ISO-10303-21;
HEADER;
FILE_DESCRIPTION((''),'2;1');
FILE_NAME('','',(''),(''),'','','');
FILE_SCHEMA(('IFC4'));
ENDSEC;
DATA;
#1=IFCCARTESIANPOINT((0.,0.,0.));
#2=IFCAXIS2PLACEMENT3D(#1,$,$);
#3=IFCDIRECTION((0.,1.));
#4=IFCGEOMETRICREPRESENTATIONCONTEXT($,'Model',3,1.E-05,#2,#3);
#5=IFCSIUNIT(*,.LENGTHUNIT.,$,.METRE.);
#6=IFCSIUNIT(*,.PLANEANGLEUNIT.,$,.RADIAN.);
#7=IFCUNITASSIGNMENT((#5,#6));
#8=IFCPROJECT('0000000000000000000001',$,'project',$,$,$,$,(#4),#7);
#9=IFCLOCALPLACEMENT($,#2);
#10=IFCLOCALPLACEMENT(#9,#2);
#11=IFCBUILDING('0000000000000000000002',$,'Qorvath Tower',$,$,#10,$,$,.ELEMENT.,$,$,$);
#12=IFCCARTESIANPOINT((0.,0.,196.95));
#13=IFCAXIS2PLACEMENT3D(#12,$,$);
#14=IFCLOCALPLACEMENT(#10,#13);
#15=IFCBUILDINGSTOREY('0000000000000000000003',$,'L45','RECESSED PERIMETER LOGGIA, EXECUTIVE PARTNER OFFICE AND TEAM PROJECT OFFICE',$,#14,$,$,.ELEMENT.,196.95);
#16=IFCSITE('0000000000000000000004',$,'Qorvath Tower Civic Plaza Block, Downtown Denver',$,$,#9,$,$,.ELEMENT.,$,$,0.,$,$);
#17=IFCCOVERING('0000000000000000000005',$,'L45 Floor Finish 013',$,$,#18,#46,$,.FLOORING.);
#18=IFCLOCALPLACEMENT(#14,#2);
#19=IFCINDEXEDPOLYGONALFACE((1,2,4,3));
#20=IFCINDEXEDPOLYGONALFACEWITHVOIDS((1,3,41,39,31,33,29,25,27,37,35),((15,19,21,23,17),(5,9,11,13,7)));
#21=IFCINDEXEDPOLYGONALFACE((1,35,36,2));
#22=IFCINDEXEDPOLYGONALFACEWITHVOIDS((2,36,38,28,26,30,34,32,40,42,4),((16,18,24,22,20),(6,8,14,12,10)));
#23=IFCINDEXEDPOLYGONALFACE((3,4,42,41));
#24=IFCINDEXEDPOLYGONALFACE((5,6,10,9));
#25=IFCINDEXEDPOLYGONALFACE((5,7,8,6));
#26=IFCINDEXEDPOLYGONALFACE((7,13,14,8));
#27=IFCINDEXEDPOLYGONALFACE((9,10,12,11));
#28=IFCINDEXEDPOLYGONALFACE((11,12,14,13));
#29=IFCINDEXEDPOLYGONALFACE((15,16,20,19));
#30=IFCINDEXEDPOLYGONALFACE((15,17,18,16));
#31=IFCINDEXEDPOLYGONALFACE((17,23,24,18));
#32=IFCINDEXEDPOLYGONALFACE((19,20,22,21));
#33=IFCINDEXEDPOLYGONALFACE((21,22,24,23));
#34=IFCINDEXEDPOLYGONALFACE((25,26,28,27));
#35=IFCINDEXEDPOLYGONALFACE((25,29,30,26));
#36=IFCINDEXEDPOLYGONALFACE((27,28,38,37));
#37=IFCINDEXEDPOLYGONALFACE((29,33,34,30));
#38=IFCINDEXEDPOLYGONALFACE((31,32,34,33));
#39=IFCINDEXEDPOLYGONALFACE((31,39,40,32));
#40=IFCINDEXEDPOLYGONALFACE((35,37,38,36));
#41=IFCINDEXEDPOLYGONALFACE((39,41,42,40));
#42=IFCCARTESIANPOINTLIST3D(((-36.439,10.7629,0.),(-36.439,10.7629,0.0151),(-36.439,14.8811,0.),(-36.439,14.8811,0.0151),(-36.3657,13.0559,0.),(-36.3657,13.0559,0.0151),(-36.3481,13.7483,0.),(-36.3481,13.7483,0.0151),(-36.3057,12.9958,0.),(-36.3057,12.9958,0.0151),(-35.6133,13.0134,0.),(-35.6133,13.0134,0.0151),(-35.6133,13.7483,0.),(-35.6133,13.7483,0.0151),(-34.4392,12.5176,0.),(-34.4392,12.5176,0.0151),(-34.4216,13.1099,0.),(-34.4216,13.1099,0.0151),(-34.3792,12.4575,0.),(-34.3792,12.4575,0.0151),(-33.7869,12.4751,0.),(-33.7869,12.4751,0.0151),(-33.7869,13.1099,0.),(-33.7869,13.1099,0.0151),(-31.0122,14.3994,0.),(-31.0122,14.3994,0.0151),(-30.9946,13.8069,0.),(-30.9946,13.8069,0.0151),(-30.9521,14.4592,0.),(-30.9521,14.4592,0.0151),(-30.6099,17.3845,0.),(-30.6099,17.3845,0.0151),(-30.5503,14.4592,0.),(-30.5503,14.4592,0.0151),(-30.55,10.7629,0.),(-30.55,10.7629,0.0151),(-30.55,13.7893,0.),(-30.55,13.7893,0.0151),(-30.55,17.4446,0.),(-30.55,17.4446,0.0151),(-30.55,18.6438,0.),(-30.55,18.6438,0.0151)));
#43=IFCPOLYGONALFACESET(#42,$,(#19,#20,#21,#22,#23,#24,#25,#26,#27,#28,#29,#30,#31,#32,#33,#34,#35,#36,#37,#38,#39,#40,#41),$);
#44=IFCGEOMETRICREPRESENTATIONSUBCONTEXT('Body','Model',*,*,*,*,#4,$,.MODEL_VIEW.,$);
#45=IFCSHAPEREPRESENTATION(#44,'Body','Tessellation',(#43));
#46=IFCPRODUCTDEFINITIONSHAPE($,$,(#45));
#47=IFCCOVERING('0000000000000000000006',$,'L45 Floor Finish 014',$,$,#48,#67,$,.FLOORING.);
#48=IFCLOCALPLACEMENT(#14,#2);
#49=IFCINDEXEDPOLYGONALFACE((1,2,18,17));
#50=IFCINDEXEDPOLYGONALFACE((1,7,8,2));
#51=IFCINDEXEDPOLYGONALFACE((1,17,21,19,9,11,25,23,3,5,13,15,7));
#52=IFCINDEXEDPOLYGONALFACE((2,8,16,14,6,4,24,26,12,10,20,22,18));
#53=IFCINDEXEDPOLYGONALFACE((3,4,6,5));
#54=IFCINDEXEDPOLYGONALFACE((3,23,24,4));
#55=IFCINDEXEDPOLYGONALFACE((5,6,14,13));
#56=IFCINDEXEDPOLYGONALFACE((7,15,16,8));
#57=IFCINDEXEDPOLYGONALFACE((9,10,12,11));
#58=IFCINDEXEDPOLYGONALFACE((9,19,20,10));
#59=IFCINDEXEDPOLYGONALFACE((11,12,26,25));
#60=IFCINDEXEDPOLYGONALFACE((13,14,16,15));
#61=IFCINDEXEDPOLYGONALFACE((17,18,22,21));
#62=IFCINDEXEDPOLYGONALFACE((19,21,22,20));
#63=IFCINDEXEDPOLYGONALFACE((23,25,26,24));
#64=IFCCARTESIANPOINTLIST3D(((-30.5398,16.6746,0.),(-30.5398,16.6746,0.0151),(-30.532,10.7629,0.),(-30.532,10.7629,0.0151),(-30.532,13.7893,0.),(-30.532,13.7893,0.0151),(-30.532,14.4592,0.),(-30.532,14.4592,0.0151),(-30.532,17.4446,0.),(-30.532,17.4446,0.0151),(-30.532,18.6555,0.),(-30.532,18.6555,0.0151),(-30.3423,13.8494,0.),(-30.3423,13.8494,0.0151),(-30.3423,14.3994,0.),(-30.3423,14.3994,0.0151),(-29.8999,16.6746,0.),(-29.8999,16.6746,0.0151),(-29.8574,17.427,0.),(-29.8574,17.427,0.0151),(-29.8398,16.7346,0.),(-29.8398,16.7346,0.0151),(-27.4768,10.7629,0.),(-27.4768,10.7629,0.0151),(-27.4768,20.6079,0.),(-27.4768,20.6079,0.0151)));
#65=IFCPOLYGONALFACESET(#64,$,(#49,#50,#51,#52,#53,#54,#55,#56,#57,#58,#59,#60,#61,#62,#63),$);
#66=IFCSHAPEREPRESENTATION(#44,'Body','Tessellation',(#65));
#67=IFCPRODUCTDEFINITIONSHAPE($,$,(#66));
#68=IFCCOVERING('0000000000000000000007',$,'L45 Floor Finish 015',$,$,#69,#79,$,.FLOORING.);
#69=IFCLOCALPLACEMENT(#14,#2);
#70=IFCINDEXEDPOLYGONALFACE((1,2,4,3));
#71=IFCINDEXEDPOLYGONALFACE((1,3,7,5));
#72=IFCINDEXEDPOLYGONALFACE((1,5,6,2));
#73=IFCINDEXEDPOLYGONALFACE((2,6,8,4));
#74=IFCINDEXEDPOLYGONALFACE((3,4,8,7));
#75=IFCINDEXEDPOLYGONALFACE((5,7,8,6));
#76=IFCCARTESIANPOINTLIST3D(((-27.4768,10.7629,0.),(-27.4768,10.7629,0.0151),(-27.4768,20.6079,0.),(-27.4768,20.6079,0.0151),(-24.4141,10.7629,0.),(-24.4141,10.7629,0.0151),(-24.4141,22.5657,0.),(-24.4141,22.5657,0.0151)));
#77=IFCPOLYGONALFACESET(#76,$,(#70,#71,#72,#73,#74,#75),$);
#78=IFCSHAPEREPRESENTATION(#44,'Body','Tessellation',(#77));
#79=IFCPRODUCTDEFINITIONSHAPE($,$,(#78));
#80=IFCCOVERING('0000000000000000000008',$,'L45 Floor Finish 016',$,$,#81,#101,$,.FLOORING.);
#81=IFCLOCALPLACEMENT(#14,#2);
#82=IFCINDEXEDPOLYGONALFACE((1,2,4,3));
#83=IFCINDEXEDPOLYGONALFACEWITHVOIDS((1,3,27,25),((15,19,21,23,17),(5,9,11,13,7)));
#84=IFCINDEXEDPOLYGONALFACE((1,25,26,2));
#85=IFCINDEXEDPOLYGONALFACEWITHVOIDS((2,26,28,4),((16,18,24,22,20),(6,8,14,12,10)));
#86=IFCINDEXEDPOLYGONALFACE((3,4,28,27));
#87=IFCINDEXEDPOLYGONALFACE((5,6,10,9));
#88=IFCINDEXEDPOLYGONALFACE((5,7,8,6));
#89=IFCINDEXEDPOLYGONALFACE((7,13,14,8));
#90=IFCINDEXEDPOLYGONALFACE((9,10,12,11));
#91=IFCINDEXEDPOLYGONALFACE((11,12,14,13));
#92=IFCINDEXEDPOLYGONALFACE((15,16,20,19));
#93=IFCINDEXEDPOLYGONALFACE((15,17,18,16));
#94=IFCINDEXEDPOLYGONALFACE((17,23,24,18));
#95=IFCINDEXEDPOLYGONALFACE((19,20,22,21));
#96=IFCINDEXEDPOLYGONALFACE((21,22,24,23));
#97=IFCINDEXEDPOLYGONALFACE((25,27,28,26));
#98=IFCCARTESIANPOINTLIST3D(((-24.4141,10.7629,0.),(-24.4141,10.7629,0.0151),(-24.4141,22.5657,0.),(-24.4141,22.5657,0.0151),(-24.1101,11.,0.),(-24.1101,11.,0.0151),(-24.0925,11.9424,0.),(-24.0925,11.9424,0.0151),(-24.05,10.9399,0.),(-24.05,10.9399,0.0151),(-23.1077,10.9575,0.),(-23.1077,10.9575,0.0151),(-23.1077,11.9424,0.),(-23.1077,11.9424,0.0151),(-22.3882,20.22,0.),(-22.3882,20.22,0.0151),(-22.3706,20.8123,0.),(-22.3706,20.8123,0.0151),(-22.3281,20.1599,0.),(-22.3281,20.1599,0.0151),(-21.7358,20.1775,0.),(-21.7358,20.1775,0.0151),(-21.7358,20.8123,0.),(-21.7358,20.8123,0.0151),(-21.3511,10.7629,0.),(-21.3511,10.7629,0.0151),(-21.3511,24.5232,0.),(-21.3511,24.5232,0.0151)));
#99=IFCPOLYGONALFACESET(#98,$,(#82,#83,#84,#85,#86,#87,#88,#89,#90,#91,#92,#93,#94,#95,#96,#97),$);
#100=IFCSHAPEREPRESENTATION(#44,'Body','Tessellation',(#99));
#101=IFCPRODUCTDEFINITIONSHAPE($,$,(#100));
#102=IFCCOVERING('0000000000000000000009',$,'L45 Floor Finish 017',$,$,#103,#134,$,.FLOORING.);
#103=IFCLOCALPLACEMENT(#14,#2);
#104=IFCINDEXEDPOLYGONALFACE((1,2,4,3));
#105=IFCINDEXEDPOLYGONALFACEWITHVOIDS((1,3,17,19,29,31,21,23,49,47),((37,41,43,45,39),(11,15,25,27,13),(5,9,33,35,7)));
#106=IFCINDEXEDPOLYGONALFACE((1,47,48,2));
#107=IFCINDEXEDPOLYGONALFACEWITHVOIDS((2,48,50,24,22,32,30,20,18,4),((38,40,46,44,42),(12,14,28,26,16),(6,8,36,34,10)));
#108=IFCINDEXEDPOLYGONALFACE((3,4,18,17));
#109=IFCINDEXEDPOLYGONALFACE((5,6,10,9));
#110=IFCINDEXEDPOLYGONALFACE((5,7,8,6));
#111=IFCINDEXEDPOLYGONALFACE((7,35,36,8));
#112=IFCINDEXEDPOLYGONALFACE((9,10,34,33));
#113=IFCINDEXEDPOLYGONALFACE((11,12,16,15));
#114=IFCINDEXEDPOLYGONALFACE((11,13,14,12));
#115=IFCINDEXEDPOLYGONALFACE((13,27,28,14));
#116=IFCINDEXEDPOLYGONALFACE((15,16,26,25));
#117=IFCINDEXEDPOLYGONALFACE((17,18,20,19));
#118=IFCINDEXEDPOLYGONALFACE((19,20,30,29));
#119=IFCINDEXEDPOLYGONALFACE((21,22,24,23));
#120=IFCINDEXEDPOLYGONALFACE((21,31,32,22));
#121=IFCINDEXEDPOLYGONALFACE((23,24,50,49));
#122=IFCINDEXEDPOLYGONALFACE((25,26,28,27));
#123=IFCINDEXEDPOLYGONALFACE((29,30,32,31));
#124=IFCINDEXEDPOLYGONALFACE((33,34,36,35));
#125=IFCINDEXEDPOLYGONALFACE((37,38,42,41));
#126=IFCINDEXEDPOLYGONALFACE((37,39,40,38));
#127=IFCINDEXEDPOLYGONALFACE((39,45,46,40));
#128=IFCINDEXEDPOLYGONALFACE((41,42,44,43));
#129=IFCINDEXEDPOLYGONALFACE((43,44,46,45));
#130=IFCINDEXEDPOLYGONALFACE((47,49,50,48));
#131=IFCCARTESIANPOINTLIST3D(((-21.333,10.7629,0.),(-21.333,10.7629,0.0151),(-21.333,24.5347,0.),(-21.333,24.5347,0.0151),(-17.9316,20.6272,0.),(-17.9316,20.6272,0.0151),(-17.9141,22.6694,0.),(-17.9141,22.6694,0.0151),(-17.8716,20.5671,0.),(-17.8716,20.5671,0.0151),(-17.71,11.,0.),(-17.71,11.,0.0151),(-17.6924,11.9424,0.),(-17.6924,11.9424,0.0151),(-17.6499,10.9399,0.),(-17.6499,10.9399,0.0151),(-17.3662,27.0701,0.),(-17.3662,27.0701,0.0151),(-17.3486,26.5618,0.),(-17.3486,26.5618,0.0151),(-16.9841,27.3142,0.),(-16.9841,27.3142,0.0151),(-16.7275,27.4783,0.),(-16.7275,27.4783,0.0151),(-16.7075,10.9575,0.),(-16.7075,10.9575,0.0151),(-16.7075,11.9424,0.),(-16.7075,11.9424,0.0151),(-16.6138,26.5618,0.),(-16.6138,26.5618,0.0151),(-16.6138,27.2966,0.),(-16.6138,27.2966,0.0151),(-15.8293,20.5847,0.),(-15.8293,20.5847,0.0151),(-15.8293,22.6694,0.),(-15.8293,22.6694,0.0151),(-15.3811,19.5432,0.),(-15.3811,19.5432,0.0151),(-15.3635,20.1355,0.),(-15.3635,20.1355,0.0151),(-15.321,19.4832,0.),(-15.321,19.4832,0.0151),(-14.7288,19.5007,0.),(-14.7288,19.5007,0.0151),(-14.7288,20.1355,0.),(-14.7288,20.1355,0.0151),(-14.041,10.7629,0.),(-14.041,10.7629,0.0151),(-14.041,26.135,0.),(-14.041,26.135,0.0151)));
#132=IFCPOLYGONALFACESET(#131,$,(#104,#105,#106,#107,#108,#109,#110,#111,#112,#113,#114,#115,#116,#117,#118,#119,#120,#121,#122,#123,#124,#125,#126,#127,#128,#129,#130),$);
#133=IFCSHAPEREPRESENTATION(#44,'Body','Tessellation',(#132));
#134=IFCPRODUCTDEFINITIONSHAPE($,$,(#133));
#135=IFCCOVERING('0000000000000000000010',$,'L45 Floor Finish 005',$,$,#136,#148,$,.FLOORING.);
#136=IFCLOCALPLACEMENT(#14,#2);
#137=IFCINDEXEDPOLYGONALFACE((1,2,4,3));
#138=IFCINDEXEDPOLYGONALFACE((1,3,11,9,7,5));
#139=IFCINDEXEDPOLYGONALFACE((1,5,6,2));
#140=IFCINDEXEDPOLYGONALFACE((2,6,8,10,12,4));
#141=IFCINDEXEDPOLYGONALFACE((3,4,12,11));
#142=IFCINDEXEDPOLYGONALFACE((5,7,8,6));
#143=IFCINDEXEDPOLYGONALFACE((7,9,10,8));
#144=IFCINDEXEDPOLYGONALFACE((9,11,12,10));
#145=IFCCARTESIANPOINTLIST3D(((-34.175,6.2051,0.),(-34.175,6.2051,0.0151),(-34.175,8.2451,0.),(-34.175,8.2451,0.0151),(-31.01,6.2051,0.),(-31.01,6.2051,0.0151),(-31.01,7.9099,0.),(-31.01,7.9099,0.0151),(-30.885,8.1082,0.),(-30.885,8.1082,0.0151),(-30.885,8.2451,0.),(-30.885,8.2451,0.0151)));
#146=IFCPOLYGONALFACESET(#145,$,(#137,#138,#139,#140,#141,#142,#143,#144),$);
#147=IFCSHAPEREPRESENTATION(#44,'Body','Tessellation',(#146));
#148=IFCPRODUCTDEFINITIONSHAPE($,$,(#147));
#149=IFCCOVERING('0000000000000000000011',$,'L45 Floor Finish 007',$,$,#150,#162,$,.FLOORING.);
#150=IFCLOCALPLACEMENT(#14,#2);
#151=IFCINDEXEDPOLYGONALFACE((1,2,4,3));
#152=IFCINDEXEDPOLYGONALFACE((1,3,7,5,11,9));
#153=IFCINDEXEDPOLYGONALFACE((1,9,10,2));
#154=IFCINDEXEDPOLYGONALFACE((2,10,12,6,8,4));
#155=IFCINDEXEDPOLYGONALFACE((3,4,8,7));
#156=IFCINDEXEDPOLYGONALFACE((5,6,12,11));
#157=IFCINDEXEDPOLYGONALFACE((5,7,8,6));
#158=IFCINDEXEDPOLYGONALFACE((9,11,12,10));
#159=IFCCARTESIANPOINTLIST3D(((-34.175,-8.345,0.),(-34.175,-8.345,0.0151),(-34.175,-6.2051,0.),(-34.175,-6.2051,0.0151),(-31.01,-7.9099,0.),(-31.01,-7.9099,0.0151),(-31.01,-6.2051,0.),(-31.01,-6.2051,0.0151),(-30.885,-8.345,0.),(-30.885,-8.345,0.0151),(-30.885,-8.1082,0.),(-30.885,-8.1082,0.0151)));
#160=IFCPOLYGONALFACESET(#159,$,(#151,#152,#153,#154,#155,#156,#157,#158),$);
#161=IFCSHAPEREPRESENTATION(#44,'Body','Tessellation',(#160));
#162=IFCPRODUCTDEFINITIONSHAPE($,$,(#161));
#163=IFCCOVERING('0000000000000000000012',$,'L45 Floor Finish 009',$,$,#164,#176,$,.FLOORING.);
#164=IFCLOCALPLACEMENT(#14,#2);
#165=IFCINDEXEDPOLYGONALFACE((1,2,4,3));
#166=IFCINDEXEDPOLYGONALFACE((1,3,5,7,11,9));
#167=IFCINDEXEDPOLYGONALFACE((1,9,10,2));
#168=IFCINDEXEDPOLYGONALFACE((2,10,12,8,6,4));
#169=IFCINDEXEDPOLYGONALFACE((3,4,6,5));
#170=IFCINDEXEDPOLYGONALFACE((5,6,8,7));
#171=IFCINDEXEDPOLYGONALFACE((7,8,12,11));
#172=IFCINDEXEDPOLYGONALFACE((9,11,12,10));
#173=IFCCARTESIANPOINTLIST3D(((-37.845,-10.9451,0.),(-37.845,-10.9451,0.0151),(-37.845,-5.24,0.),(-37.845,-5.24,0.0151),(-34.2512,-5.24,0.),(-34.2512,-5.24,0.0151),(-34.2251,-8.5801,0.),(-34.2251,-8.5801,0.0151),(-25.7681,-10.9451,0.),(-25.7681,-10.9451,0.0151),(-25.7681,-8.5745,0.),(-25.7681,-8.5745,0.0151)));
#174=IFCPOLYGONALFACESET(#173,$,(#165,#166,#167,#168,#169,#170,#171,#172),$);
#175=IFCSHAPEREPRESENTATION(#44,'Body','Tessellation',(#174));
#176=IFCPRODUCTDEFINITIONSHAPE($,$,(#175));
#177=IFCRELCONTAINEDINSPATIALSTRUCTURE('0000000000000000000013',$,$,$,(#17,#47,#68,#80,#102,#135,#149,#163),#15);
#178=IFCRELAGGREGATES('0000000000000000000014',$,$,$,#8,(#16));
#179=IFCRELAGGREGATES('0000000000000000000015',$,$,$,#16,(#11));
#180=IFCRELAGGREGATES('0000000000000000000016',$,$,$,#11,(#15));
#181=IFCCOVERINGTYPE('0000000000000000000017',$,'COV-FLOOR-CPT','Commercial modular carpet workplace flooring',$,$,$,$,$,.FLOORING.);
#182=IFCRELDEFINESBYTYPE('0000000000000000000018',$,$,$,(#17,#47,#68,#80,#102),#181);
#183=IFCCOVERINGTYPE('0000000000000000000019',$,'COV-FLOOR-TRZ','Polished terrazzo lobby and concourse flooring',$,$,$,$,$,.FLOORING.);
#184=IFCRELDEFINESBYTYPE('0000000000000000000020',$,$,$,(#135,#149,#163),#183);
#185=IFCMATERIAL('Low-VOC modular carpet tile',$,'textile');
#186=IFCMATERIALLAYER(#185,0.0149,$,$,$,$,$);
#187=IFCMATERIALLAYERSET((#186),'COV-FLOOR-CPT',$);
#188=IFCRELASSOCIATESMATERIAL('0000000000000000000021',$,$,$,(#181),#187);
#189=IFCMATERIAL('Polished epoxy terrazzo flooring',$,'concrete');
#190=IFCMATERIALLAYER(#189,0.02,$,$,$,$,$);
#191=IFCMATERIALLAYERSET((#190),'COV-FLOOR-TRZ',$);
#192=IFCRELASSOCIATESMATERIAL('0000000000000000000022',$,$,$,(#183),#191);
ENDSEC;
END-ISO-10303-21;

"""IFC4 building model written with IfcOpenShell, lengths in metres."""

from ifc_helpers import new_model, si_unit, direction, frame, origin, place, context, subcontext, project, spatial, polyline, outline, extrude, material, layer, layer_set, type_object, element, save


model = new_model("IFC4")

# Units and contexts
model_context = context("Model", 3, precision=1e-05, world=origin(), true_north=direction((0.0, 1.0)))
body_context = subcontext(model_context, "Body", "Model", "MODEL_VIEW")
ifc_project = project(units=[si_unit("LENGTHUNIT", "METRE"), si_unit("PLANEANGLEUNIT", "RADIAN")], contexts=[model_context])

# Site, building, storey
site_placement = place(None, origin())
site = spatial("IfcSite", under=ifc_project, at=site_placement, Name="Qorvath Tower Civic Plaza Block, Downtown Denver", CompositionType="ELEMENT", RefElevation=0.0)
building_placement = place(site_placement, origin())
building = spatial("IfcBuilding", under=site, at=building_placement, Name="Qorvath Tower", CompositionType="ELEMENT")
storey_placement = place(building_placement, frame((0.0, 0.0, 196.95)))
storey = spatial("IfcBuildingStorey", under=building, at=storey_placement, Name="L45", Description="RECESSED PERIMETER LOGGIA, EXECUTIVE PARTNER OFFICE AND TEAM PROJECT OFFICE", CompositionType="ELEMENT", Elevation=196.95)

# Coverings
ifc_material_1 = material(Name="Low-VOC modular carpet tile", Category="textile")
ifc_layer_1 = layer(ifc_material_1, 0.0149)
ifc_layer_set_1 = layer_set([ifc_layer_1], Name="COV-FLOOR-CPT")
covering_type_1 = type_object("IfcCoveringType", Name="COV-FLOOR-CPT", Description="Commercial modular carpet workplace flooring", PredefinedType="FLOORING", material=ifc_layer_set_1)
covering_1_placement = place(storey_placement, origin())
element("IfcCovering", 1, at=covering_1_placement, inside=storey, type_object=covering_type_1, Name="L45 Floor Finish 013", PredefinedType="FLOORING", context=body_context, shape_type="SweptSolid", body=[
    extrude(outline(polyline([(-30.55, 18.6438), (-36.439, 14.8811), (-36.439, 10.7629), (-30.55, 10.7629), (-30.55, 13.7893), (-30.9946, 13.8069), (-31.0122, 14.3994), (-30.9521, 14.4592), (-30.5503, 14.4592), (-30.6099, 17.3845), (-30.55, 17.4446), (-30.55, 18.6438)]), holes=[polyline([(-34.4392, 12.5176), (-34.4216, 13.1099), (-33.7869, 13.1099), (-33.7869, 12.4751), (-34.3792, 12.4575), (-34.4392, 12.5176)]), polyline([(-36.3657, 13.0559), (-36.3481, 13.7483), (-35.6133, 13.7483), (-35.6133, 13.0134), (-36.3057, 12.9958), (-36.3657, 13.0559)])]), origin(), (0.0, 0.0, 1.0), 0.0151),
])
covering_2_placement = place(storey_placement, origin())
element("IfcCovering", 2, at=covering_2_placement, inside=storey, type_object=covering_type_1, Name="L45 Floor Finish 014", PredefinedType="FLOORING", context=body_context, shape_type="SweptSolid", body=[
    extrude(outline(polyline([(-29.8999, 16.6746), (-30.5398, 16.6746), (-30.532, 14.4592), (-30.3423, 14.3994), (-30.3423, 13.8494), (-30.532, 13.7893), (-30.532, 10.7629), (-27.4768, 10.7629), (-27.4768, 20.6079), (-30.532, 18.6555), (-30.532, 17.4446), (-29.8574, 17.427), (-29.8398, 16.7346), (-29.8999, 16.6746)])), origin(), (0.0, 0.0, 1.0), 0.0151),
])
covering_3_placement = place(storey_placement, origin())
element("IfcCovering", 3, at=covering_3_placement, inside=storey, type_object=covering_type_1, Name="L45 Floor Finish 015", PredefinedType="FLOORING", context=body_context, shape_type="SweptSolid", body=[
    extrude(outline(polyline([(-27.4768, 20.6079), (-27.4768, 10.7629), (-24.4141, 10.7629), (-24.4141, 22.5657), (-27.4768, 20.6079)])), origin(), (0.0, 0.0, 1.0), 0.0151),
])
covering_4_placement = place(storey_placement, origin())
element("IfcCovering", 4, at=covering_4_placement, inside=storey, type_object=covering_type_1, Name="L45 Floor Finish 016", PredefinedType="FLOORING", context=body_context, shape_type="SweptSolid", body=[
    extrude(outline(polyline([(-24.4141, 22.5657), (-24.4141, 10.7629), (-21.3511, 10.7629), (-21.3511, 24.5232), (-24.4141, 22.5657)]), holes=[polyline([(-22.3882, 20.22), (-22.3706, 20.8123), (-21.7358, 20.8123), (-21.7358, 20.1775), (-22.3281, 20.1599), (-22.3882, 20.22)]), polyline([(-24.1101, 11.0), (-24.0925, 11.9424), (-23.1077, 11.9424), (-23.1077, 10.9575), (-24.05, 10.9399), (-24.1101, 11.0)])]), origin(), (0.0, 0.0, 1.0), 0.0151),
])
covering_5_placement = place(storey_placement, origin())
element("IfcCovering", 5, at=covering_5_placement, inside=storey, type_object=covering_type_1, Name="L45 Floor Finish 017", PredefinedType="FLOORING", context=body_context, shape_type="SweptSolid", body=[
    extrude(outline(polyline([(-14.041, 10.7629), (-14.041, 26.135), (-16.7275, 27.4783), (-16.9841, 27.3142), (-16.6138, 27.2966), (-16.6138, 26.5618), (-17.3486, 26.5618), (-17.3662, 27.0701), (-21.333, 24.5347), (-21.333, 10.7629), (-14.041, 10.7629)]), holes=[polyline([(-15.3811, 19.5432), (-15.3635, 20.1355), (-14.7288, 20.1355), (-14.7288, 19.5007), (-15.321, 19.4832), (-15.3811, 19.5432)]), polyline([(-17.9316, 20.6272), (-17.9141, 22.6694), (-15.8293, 22.6694), (-15.8293, 20.5847), (-17.8716, 20.5671), (-17.9316, 20.6272)]), polyline([(-17.71, 11.0), (-17.6924, 11.9424), (-16.7075, 11.9424), (-16.7075, 10.9575), (-17.6499, 10.9399), (-17.71, 11.0)])]), origin(), (0.0, 0.0, 1.0), 0.0151),
])
ifc_material_2 = material(Name="Polished epoxy terrazzo flooring", Category="concrete")
ifc_layer_2 = layer(ifc_material_2, 0.02)
ifc_layer_set_2 = layer_set([ifc_layer_2], Name="COV-FLOOR-TRZ")
covering_type_2 = type_object("IfcCoveringType", Name="COV-FLOOR-TRZ", Description="Polished terrazzo lobby and concourse flooring", PredefinedType="FLOORING", material=ifc_layer_set_2)
covering_6_placement = place(storey_placement, origin())
element("IfcCovering", 6, at=covering_6_placement, inside=storey, type_object=covering_type_2, Name="L45 Floor Finish 005", PredefinedType="FLOORING", context=body_context, shape_type="SweptSolid", body=[
    extrude(outline(polyline([(-31.01, 6.2051), (-31.01, 7.9099), (-30.885, 8.1082), (-30.885, 8.2451), (-34.175, 8.2451), (-34.175, 6.2051), (-31.01, 6.2051)])), origin(), (0.0, 0.0, 1.0), 0.0151),
])
covering_7_placement = place(storey_placement, origin())
element("IfcCovering", 7, at=covering_7_placement, inside=storey, type_object=covering_type_2, Name="L45 Floor Finish 007", PredefinedType="FLOORING", context=body_context, shape_type="SweptSolid", body=[
    extrude(outline(polyline([(-30.885, -8.345), (-30.885, -8.1082), (-31.01, -7.9099), (-31.01, -6.2051), (-34.175, -6.2051), (-34.175, -8.345), (-30.885, -8.345)])), origin(), (0.0, 0.0, 1.0), 0.0151),
])
covering_8_placement = place(storey_placement, origin())
element("IfcCovering", 8, at=covering_8_placement, inside=storey, type_object=covering_type_2, Name="L45 Floor Finish 009", PredefinedType="FLOORING", context=body_context, shape_type="SweptSolid", body=[
    extrude(outline(polyline([(-34.2251, -8.5801), (-34.2512, -5.24), (-37.845, -5.24), (-37.845, -10.9451), (-25.7681, -10.9451), (-25.7681, -8.5745), (-34.2251, -8.5801)])), origin(), (0.0, 0.0, 1.0), 0.0151),
])

save(model, "model.ifc")
